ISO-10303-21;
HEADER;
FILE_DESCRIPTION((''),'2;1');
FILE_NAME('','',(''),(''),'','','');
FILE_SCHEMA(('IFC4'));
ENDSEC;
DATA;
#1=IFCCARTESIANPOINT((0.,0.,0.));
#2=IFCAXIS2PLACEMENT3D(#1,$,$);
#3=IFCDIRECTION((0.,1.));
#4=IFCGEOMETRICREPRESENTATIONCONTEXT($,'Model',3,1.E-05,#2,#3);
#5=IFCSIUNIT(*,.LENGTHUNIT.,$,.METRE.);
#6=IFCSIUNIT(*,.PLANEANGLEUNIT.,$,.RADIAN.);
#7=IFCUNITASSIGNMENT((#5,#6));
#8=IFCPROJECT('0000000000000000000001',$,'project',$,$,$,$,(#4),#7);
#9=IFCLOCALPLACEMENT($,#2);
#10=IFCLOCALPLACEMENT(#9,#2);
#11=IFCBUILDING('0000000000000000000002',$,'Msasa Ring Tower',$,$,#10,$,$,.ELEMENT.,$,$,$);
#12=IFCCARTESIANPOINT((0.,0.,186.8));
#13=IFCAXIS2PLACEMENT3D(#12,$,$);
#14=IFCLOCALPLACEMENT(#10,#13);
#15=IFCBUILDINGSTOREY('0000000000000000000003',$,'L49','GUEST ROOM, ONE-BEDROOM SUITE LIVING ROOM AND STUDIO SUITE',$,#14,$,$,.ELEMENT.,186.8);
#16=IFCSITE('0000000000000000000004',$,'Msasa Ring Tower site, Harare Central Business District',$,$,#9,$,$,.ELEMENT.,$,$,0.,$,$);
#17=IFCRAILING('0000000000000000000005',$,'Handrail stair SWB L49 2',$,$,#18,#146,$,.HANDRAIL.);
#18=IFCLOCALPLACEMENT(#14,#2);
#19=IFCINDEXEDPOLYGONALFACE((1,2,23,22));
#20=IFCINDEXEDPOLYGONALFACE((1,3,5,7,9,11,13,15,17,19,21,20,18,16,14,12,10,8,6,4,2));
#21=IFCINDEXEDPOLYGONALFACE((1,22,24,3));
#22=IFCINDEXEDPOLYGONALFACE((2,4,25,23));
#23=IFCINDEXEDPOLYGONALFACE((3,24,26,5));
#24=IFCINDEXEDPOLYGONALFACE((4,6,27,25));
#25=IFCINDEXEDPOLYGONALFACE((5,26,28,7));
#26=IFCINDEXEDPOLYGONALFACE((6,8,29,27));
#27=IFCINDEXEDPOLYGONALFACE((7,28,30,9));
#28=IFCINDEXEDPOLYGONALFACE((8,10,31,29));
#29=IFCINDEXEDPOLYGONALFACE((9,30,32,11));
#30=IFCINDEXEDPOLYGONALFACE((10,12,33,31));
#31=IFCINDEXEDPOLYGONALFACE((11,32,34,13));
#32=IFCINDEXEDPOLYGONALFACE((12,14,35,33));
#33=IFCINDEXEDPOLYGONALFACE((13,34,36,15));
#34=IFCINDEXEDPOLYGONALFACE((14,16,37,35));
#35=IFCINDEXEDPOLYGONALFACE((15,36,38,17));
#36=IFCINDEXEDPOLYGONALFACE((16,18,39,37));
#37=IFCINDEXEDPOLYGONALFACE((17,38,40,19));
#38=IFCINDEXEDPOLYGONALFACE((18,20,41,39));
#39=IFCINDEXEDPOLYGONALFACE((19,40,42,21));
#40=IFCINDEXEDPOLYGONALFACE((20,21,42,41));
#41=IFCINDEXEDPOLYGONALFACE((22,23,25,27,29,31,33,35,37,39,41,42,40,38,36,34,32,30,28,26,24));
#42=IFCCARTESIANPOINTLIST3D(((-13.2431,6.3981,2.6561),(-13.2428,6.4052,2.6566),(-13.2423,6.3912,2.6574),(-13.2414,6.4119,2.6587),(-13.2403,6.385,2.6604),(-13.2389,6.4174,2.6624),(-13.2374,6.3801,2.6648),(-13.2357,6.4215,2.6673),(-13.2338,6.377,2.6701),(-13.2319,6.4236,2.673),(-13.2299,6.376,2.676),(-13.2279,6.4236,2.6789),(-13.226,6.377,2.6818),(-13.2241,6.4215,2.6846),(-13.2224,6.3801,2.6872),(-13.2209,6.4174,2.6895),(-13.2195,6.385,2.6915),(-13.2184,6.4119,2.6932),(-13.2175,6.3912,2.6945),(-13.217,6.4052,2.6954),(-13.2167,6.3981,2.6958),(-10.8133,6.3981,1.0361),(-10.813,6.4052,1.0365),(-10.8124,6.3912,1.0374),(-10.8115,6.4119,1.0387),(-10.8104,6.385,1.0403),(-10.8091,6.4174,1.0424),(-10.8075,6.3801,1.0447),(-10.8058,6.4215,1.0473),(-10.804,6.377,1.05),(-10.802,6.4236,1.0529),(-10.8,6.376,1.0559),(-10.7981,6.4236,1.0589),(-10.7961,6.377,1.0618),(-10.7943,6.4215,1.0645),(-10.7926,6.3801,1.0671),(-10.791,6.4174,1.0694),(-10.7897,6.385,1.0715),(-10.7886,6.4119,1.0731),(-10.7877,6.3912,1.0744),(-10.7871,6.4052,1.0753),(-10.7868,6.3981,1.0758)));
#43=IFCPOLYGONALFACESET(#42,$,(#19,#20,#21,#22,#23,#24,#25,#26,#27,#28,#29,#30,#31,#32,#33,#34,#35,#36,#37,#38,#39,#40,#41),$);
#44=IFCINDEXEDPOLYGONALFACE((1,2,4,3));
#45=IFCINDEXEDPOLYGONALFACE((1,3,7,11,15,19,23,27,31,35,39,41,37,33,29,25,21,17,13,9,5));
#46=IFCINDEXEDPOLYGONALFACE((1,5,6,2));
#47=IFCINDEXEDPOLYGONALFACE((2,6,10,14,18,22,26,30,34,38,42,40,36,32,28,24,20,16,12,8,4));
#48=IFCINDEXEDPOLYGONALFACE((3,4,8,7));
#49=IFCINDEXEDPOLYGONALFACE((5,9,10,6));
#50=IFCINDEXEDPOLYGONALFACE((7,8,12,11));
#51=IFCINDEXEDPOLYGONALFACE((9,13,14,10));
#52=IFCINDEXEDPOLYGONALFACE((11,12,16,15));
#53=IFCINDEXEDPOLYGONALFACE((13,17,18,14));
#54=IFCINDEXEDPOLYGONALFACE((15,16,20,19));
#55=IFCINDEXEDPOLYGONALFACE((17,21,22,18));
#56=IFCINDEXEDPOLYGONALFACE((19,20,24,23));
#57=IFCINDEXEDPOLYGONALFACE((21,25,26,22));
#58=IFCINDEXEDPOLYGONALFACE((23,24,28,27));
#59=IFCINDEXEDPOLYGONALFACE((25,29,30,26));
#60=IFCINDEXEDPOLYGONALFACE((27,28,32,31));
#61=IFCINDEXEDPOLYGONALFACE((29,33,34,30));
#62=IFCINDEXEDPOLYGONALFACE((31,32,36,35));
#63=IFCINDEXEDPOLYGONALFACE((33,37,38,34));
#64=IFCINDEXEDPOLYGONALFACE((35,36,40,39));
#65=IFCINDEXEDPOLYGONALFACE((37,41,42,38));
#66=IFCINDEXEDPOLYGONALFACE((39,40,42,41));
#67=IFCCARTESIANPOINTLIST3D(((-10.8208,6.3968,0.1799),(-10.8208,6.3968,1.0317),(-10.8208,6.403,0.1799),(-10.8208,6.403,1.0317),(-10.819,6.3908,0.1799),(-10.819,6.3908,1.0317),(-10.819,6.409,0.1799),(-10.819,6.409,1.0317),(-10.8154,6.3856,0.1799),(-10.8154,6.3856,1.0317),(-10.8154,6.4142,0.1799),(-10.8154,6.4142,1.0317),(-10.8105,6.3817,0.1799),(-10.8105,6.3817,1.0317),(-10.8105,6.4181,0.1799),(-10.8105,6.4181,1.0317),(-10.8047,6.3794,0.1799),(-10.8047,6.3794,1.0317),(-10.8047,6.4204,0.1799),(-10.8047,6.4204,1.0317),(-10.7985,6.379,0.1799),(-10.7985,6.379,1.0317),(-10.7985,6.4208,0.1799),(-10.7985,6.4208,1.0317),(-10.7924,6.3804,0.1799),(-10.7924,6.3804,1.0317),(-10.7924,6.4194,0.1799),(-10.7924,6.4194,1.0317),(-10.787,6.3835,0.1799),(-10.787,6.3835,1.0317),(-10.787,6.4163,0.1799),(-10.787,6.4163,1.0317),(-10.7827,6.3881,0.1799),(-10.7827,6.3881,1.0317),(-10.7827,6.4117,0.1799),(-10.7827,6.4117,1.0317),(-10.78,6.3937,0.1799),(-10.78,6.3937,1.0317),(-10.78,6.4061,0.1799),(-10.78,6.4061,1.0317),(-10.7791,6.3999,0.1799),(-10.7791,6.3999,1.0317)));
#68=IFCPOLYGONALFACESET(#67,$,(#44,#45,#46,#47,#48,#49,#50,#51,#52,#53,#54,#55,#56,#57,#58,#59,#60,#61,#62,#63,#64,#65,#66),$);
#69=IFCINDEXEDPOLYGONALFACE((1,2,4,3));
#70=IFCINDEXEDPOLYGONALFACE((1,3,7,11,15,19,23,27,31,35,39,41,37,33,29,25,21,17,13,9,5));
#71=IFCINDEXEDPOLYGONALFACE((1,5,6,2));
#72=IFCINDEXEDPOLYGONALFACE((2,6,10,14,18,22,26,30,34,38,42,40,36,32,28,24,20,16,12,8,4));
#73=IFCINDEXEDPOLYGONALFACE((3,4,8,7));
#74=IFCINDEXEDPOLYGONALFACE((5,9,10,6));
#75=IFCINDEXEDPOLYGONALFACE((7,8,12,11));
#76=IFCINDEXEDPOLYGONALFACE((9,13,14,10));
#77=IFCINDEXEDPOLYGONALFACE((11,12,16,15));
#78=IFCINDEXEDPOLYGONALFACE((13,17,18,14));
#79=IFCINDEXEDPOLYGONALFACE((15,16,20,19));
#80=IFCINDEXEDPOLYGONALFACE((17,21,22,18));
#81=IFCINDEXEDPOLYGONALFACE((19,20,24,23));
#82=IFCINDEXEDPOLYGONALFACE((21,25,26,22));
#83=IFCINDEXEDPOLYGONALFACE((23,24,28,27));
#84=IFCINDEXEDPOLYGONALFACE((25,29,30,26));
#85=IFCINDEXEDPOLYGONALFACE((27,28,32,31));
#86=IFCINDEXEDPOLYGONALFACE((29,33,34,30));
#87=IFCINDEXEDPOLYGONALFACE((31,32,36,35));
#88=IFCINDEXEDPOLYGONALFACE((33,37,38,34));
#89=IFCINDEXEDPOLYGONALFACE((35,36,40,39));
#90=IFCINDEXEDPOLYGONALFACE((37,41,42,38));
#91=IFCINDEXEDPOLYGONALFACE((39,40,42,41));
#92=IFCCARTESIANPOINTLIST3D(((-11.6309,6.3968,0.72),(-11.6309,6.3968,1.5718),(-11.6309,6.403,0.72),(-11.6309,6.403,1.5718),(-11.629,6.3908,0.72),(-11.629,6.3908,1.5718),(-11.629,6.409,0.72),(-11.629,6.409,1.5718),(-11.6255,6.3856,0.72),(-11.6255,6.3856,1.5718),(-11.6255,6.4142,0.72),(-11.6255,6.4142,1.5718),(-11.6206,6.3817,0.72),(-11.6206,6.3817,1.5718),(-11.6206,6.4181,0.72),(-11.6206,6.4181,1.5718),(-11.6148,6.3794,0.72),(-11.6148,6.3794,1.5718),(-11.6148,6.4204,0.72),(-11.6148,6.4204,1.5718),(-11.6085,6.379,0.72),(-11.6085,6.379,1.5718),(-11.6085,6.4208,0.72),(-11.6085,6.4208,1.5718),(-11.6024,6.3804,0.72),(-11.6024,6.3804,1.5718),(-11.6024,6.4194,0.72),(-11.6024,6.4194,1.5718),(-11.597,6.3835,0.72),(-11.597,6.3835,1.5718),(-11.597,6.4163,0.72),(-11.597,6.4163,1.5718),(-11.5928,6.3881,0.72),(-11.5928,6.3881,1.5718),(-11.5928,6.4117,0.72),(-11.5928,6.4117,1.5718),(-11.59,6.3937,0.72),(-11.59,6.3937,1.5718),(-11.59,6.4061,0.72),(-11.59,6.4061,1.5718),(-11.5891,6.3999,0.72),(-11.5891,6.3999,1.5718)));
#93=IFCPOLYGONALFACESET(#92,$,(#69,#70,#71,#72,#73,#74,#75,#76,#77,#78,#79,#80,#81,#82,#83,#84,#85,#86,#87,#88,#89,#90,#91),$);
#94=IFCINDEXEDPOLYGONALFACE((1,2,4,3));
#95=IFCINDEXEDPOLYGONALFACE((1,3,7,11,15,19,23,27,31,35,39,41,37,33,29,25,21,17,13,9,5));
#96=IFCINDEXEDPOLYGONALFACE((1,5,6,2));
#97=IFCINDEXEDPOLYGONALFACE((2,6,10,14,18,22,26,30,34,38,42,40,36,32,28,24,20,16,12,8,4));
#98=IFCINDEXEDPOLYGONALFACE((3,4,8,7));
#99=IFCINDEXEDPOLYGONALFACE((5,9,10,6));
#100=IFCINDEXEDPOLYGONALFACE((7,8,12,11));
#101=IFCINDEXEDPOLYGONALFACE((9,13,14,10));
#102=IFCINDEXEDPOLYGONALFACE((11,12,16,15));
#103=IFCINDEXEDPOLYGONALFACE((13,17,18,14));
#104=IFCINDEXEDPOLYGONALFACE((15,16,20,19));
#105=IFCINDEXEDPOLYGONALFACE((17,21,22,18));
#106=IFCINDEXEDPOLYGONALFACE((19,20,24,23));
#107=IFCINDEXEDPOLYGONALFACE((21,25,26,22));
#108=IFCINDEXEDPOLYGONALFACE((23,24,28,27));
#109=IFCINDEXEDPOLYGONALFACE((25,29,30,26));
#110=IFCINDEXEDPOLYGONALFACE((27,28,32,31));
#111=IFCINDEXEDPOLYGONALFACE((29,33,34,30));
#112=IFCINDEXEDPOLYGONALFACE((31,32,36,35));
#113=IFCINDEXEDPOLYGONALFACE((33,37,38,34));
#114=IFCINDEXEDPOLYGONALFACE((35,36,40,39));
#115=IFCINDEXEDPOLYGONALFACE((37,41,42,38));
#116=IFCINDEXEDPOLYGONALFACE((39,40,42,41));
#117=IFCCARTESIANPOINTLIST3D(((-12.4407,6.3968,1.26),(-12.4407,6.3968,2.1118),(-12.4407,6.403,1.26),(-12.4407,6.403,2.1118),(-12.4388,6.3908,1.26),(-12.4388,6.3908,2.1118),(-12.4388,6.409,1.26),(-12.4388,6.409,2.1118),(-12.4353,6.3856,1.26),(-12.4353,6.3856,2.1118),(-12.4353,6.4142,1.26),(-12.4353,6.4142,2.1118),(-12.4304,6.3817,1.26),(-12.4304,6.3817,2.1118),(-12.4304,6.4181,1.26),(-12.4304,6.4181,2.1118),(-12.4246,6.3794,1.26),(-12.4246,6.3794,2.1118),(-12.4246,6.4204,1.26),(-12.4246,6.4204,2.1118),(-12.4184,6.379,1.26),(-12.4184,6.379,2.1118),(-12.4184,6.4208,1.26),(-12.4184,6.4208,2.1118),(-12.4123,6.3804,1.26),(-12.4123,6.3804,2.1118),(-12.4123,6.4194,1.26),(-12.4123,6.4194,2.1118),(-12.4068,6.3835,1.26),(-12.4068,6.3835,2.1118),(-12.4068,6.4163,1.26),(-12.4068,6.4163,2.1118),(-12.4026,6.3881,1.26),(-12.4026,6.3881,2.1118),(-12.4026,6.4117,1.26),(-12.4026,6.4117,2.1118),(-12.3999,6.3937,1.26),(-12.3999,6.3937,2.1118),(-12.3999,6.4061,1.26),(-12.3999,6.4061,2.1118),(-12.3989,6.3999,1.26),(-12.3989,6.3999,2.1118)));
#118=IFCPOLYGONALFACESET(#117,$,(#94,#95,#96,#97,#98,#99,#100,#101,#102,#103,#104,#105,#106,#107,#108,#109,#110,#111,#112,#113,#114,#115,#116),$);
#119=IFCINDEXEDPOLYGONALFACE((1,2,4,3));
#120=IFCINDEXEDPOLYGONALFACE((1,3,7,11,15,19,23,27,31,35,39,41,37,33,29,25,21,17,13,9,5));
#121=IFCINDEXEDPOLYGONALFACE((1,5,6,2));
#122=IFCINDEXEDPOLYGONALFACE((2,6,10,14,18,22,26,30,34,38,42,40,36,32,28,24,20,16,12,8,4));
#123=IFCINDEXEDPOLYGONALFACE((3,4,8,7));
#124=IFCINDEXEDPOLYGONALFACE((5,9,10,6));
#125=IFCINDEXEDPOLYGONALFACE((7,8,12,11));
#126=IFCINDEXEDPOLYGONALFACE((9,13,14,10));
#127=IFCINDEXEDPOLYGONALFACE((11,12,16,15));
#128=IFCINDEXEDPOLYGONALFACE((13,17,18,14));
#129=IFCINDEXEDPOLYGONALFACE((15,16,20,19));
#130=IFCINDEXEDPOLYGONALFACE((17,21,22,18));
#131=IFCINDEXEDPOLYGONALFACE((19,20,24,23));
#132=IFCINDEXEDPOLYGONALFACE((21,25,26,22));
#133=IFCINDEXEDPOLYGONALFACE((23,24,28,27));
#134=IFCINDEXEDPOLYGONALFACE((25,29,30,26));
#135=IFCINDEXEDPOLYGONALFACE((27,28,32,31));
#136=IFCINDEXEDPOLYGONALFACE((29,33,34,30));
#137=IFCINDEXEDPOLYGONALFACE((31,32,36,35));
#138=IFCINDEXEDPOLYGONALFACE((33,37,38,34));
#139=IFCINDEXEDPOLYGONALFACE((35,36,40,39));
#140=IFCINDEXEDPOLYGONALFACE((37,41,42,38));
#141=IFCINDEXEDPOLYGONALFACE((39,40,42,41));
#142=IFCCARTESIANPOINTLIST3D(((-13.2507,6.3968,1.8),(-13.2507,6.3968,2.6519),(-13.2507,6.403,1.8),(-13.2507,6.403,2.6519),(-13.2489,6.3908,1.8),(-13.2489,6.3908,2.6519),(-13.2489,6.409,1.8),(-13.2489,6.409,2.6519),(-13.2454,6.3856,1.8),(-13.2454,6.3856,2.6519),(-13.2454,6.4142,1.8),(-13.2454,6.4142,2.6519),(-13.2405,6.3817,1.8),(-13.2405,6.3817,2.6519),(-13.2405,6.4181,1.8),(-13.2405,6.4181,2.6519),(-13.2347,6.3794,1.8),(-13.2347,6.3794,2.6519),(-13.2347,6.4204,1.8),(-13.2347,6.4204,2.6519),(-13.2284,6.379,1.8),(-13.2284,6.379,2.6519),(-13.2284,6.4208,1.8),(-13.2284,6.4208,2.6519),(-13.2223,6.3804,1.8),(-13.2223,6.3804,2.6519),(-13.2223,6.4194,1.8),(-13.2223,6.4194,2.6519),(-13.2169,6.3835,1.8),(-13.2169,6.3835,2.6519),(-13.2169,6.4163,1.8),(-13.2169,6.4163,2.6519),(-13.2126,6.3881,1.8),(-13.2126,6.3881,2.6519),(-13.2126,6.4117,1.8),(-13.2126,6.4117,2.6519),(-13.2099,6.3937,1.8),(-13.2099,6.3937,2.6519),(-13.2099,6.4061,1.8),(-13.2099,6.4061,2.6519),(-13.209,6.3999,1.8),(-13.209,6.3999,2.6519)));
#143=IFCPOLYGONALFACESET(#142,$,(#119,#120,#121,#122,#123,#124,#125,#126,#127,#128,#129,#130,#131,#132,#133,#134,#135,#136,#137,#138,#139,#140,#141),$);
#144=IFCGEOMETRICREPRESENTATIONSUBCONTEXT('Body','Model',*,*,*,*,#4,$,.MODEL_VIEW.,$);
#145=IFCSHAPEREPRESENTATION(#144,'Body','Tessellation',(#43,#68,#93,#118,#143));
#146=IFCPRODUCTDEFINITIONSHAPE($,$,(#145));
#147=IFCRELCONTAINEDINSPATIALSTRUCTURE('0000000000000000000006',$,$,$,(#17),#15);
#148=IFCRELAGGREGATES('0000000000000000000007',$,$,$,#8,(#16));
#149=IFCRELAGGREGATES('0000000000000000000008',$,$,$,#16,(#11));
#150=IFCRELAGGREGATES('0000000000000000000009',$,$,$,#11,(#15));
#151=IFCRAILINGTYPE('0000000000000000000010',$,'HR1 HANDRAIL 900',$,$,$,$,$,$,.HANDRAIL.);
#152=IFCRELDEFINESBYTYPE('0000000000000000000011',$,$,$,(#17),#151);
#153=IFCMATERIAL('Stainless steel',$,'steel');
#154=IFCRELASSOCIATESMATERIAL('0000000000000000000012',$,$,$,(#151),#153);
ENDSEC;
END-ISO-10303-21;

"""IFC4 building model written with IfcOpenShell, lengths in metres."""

from ifc_helpers import new_model, si_unit, direction, frame, origin, origin_2d, place, context, subcontext, project, spatial, circle, extrude, material, type_object, element, save


model = new_model("IFC4")

# Units and contexts
model_context = context("Model", 3, precision=1e-05, world=origin(), true_north=direction((0.0, 1.0)))
body_context = subcontext(model_context, "Body", "Model", "MODEL_VIEW")
ifc_project = project(units=[si_unit("LENGTHUNIT", "METRE"), si_unit("PLANEANGLEUNIT", "RADIAN")], contexts=[model_context])

# Site, building, storey
site_placement = place(None, origin())
site = spatial("IfcSite", under=ifc_project, at=site_placement, Name="Msasa Ring Tower site, Harare Central Business District", CompositionType="ELEMENT", RefElevation=0.0)
building_placement = place(site_placement, origin())
building = spatial("IfcBuilding", under=site, at=building_placement, Name="Msasa Ring Tower", CompositionType="ELEMENT")
storey_placement = place(building_placement, frame((0.0, 0.0, 186.8)))
storey = spatial("IfcBuildingStorey", under=building, at=storey_placement, Name="L49", Description="GUEST ROOM, ONE-BEDROOM SUITE LIVING ROOM AND STUDIO SUITE", CompositionType="ELEMENT", Elevation=186.8)

# Railing
ifc_material_1 = material(Name="Stainless steel", Category="steel")
railing_type = type_object("IfcRailingType", Name="HR1 HANDRAIL 900", PredefinedType="HANDRAIL", material=ifc_material_1)
for number, where, name in (
    (1, (-10.8, 6.3999, 0.1799), "Handrail stair SWB L49 2"),
):
    element("IfcRailing", number, at=place(storey_placement, frame(where)), inside=storey, type_object=railing_type, Name=name, PredefinedType="HANDRAIL", context=body_context, shape_type="SweptSolid", body=[
        extrude(circle(Radius=0.0239, at=origin_2d()), frame((0.0, 0.0, 0.876), z_axis=(-0.832025, 0.0, 0.554739), x_axis=(0.0, -1.0, 0.0)), (0.0, 0.0, 1.0), 2.9204),
        extrude(circle(Radius=0.021, at=origin_2d()), origin(), (0.0, 0.0, 1.0), 0.8518),
        extrude(circle(Radius=0.021, at=origin_2d()), frame((-0.8101, 0.0, 0.54)), (0.0, 0.0, 1.0), 0.8518),
        extrude(circle(Radius=0.021, at=origin_2d()), frame((-1.6199, 0.0, 1.0801)), (0.0, 0.0, 1.0), 0.8518),
        extrude(circle(Radius=0.021, at=origin_2d()), frame((-2.4299, 0.0, 1.6201)), (0.0, 0.0, 1.0), 0.8518),
    ])

save(model, "model.ifc")
